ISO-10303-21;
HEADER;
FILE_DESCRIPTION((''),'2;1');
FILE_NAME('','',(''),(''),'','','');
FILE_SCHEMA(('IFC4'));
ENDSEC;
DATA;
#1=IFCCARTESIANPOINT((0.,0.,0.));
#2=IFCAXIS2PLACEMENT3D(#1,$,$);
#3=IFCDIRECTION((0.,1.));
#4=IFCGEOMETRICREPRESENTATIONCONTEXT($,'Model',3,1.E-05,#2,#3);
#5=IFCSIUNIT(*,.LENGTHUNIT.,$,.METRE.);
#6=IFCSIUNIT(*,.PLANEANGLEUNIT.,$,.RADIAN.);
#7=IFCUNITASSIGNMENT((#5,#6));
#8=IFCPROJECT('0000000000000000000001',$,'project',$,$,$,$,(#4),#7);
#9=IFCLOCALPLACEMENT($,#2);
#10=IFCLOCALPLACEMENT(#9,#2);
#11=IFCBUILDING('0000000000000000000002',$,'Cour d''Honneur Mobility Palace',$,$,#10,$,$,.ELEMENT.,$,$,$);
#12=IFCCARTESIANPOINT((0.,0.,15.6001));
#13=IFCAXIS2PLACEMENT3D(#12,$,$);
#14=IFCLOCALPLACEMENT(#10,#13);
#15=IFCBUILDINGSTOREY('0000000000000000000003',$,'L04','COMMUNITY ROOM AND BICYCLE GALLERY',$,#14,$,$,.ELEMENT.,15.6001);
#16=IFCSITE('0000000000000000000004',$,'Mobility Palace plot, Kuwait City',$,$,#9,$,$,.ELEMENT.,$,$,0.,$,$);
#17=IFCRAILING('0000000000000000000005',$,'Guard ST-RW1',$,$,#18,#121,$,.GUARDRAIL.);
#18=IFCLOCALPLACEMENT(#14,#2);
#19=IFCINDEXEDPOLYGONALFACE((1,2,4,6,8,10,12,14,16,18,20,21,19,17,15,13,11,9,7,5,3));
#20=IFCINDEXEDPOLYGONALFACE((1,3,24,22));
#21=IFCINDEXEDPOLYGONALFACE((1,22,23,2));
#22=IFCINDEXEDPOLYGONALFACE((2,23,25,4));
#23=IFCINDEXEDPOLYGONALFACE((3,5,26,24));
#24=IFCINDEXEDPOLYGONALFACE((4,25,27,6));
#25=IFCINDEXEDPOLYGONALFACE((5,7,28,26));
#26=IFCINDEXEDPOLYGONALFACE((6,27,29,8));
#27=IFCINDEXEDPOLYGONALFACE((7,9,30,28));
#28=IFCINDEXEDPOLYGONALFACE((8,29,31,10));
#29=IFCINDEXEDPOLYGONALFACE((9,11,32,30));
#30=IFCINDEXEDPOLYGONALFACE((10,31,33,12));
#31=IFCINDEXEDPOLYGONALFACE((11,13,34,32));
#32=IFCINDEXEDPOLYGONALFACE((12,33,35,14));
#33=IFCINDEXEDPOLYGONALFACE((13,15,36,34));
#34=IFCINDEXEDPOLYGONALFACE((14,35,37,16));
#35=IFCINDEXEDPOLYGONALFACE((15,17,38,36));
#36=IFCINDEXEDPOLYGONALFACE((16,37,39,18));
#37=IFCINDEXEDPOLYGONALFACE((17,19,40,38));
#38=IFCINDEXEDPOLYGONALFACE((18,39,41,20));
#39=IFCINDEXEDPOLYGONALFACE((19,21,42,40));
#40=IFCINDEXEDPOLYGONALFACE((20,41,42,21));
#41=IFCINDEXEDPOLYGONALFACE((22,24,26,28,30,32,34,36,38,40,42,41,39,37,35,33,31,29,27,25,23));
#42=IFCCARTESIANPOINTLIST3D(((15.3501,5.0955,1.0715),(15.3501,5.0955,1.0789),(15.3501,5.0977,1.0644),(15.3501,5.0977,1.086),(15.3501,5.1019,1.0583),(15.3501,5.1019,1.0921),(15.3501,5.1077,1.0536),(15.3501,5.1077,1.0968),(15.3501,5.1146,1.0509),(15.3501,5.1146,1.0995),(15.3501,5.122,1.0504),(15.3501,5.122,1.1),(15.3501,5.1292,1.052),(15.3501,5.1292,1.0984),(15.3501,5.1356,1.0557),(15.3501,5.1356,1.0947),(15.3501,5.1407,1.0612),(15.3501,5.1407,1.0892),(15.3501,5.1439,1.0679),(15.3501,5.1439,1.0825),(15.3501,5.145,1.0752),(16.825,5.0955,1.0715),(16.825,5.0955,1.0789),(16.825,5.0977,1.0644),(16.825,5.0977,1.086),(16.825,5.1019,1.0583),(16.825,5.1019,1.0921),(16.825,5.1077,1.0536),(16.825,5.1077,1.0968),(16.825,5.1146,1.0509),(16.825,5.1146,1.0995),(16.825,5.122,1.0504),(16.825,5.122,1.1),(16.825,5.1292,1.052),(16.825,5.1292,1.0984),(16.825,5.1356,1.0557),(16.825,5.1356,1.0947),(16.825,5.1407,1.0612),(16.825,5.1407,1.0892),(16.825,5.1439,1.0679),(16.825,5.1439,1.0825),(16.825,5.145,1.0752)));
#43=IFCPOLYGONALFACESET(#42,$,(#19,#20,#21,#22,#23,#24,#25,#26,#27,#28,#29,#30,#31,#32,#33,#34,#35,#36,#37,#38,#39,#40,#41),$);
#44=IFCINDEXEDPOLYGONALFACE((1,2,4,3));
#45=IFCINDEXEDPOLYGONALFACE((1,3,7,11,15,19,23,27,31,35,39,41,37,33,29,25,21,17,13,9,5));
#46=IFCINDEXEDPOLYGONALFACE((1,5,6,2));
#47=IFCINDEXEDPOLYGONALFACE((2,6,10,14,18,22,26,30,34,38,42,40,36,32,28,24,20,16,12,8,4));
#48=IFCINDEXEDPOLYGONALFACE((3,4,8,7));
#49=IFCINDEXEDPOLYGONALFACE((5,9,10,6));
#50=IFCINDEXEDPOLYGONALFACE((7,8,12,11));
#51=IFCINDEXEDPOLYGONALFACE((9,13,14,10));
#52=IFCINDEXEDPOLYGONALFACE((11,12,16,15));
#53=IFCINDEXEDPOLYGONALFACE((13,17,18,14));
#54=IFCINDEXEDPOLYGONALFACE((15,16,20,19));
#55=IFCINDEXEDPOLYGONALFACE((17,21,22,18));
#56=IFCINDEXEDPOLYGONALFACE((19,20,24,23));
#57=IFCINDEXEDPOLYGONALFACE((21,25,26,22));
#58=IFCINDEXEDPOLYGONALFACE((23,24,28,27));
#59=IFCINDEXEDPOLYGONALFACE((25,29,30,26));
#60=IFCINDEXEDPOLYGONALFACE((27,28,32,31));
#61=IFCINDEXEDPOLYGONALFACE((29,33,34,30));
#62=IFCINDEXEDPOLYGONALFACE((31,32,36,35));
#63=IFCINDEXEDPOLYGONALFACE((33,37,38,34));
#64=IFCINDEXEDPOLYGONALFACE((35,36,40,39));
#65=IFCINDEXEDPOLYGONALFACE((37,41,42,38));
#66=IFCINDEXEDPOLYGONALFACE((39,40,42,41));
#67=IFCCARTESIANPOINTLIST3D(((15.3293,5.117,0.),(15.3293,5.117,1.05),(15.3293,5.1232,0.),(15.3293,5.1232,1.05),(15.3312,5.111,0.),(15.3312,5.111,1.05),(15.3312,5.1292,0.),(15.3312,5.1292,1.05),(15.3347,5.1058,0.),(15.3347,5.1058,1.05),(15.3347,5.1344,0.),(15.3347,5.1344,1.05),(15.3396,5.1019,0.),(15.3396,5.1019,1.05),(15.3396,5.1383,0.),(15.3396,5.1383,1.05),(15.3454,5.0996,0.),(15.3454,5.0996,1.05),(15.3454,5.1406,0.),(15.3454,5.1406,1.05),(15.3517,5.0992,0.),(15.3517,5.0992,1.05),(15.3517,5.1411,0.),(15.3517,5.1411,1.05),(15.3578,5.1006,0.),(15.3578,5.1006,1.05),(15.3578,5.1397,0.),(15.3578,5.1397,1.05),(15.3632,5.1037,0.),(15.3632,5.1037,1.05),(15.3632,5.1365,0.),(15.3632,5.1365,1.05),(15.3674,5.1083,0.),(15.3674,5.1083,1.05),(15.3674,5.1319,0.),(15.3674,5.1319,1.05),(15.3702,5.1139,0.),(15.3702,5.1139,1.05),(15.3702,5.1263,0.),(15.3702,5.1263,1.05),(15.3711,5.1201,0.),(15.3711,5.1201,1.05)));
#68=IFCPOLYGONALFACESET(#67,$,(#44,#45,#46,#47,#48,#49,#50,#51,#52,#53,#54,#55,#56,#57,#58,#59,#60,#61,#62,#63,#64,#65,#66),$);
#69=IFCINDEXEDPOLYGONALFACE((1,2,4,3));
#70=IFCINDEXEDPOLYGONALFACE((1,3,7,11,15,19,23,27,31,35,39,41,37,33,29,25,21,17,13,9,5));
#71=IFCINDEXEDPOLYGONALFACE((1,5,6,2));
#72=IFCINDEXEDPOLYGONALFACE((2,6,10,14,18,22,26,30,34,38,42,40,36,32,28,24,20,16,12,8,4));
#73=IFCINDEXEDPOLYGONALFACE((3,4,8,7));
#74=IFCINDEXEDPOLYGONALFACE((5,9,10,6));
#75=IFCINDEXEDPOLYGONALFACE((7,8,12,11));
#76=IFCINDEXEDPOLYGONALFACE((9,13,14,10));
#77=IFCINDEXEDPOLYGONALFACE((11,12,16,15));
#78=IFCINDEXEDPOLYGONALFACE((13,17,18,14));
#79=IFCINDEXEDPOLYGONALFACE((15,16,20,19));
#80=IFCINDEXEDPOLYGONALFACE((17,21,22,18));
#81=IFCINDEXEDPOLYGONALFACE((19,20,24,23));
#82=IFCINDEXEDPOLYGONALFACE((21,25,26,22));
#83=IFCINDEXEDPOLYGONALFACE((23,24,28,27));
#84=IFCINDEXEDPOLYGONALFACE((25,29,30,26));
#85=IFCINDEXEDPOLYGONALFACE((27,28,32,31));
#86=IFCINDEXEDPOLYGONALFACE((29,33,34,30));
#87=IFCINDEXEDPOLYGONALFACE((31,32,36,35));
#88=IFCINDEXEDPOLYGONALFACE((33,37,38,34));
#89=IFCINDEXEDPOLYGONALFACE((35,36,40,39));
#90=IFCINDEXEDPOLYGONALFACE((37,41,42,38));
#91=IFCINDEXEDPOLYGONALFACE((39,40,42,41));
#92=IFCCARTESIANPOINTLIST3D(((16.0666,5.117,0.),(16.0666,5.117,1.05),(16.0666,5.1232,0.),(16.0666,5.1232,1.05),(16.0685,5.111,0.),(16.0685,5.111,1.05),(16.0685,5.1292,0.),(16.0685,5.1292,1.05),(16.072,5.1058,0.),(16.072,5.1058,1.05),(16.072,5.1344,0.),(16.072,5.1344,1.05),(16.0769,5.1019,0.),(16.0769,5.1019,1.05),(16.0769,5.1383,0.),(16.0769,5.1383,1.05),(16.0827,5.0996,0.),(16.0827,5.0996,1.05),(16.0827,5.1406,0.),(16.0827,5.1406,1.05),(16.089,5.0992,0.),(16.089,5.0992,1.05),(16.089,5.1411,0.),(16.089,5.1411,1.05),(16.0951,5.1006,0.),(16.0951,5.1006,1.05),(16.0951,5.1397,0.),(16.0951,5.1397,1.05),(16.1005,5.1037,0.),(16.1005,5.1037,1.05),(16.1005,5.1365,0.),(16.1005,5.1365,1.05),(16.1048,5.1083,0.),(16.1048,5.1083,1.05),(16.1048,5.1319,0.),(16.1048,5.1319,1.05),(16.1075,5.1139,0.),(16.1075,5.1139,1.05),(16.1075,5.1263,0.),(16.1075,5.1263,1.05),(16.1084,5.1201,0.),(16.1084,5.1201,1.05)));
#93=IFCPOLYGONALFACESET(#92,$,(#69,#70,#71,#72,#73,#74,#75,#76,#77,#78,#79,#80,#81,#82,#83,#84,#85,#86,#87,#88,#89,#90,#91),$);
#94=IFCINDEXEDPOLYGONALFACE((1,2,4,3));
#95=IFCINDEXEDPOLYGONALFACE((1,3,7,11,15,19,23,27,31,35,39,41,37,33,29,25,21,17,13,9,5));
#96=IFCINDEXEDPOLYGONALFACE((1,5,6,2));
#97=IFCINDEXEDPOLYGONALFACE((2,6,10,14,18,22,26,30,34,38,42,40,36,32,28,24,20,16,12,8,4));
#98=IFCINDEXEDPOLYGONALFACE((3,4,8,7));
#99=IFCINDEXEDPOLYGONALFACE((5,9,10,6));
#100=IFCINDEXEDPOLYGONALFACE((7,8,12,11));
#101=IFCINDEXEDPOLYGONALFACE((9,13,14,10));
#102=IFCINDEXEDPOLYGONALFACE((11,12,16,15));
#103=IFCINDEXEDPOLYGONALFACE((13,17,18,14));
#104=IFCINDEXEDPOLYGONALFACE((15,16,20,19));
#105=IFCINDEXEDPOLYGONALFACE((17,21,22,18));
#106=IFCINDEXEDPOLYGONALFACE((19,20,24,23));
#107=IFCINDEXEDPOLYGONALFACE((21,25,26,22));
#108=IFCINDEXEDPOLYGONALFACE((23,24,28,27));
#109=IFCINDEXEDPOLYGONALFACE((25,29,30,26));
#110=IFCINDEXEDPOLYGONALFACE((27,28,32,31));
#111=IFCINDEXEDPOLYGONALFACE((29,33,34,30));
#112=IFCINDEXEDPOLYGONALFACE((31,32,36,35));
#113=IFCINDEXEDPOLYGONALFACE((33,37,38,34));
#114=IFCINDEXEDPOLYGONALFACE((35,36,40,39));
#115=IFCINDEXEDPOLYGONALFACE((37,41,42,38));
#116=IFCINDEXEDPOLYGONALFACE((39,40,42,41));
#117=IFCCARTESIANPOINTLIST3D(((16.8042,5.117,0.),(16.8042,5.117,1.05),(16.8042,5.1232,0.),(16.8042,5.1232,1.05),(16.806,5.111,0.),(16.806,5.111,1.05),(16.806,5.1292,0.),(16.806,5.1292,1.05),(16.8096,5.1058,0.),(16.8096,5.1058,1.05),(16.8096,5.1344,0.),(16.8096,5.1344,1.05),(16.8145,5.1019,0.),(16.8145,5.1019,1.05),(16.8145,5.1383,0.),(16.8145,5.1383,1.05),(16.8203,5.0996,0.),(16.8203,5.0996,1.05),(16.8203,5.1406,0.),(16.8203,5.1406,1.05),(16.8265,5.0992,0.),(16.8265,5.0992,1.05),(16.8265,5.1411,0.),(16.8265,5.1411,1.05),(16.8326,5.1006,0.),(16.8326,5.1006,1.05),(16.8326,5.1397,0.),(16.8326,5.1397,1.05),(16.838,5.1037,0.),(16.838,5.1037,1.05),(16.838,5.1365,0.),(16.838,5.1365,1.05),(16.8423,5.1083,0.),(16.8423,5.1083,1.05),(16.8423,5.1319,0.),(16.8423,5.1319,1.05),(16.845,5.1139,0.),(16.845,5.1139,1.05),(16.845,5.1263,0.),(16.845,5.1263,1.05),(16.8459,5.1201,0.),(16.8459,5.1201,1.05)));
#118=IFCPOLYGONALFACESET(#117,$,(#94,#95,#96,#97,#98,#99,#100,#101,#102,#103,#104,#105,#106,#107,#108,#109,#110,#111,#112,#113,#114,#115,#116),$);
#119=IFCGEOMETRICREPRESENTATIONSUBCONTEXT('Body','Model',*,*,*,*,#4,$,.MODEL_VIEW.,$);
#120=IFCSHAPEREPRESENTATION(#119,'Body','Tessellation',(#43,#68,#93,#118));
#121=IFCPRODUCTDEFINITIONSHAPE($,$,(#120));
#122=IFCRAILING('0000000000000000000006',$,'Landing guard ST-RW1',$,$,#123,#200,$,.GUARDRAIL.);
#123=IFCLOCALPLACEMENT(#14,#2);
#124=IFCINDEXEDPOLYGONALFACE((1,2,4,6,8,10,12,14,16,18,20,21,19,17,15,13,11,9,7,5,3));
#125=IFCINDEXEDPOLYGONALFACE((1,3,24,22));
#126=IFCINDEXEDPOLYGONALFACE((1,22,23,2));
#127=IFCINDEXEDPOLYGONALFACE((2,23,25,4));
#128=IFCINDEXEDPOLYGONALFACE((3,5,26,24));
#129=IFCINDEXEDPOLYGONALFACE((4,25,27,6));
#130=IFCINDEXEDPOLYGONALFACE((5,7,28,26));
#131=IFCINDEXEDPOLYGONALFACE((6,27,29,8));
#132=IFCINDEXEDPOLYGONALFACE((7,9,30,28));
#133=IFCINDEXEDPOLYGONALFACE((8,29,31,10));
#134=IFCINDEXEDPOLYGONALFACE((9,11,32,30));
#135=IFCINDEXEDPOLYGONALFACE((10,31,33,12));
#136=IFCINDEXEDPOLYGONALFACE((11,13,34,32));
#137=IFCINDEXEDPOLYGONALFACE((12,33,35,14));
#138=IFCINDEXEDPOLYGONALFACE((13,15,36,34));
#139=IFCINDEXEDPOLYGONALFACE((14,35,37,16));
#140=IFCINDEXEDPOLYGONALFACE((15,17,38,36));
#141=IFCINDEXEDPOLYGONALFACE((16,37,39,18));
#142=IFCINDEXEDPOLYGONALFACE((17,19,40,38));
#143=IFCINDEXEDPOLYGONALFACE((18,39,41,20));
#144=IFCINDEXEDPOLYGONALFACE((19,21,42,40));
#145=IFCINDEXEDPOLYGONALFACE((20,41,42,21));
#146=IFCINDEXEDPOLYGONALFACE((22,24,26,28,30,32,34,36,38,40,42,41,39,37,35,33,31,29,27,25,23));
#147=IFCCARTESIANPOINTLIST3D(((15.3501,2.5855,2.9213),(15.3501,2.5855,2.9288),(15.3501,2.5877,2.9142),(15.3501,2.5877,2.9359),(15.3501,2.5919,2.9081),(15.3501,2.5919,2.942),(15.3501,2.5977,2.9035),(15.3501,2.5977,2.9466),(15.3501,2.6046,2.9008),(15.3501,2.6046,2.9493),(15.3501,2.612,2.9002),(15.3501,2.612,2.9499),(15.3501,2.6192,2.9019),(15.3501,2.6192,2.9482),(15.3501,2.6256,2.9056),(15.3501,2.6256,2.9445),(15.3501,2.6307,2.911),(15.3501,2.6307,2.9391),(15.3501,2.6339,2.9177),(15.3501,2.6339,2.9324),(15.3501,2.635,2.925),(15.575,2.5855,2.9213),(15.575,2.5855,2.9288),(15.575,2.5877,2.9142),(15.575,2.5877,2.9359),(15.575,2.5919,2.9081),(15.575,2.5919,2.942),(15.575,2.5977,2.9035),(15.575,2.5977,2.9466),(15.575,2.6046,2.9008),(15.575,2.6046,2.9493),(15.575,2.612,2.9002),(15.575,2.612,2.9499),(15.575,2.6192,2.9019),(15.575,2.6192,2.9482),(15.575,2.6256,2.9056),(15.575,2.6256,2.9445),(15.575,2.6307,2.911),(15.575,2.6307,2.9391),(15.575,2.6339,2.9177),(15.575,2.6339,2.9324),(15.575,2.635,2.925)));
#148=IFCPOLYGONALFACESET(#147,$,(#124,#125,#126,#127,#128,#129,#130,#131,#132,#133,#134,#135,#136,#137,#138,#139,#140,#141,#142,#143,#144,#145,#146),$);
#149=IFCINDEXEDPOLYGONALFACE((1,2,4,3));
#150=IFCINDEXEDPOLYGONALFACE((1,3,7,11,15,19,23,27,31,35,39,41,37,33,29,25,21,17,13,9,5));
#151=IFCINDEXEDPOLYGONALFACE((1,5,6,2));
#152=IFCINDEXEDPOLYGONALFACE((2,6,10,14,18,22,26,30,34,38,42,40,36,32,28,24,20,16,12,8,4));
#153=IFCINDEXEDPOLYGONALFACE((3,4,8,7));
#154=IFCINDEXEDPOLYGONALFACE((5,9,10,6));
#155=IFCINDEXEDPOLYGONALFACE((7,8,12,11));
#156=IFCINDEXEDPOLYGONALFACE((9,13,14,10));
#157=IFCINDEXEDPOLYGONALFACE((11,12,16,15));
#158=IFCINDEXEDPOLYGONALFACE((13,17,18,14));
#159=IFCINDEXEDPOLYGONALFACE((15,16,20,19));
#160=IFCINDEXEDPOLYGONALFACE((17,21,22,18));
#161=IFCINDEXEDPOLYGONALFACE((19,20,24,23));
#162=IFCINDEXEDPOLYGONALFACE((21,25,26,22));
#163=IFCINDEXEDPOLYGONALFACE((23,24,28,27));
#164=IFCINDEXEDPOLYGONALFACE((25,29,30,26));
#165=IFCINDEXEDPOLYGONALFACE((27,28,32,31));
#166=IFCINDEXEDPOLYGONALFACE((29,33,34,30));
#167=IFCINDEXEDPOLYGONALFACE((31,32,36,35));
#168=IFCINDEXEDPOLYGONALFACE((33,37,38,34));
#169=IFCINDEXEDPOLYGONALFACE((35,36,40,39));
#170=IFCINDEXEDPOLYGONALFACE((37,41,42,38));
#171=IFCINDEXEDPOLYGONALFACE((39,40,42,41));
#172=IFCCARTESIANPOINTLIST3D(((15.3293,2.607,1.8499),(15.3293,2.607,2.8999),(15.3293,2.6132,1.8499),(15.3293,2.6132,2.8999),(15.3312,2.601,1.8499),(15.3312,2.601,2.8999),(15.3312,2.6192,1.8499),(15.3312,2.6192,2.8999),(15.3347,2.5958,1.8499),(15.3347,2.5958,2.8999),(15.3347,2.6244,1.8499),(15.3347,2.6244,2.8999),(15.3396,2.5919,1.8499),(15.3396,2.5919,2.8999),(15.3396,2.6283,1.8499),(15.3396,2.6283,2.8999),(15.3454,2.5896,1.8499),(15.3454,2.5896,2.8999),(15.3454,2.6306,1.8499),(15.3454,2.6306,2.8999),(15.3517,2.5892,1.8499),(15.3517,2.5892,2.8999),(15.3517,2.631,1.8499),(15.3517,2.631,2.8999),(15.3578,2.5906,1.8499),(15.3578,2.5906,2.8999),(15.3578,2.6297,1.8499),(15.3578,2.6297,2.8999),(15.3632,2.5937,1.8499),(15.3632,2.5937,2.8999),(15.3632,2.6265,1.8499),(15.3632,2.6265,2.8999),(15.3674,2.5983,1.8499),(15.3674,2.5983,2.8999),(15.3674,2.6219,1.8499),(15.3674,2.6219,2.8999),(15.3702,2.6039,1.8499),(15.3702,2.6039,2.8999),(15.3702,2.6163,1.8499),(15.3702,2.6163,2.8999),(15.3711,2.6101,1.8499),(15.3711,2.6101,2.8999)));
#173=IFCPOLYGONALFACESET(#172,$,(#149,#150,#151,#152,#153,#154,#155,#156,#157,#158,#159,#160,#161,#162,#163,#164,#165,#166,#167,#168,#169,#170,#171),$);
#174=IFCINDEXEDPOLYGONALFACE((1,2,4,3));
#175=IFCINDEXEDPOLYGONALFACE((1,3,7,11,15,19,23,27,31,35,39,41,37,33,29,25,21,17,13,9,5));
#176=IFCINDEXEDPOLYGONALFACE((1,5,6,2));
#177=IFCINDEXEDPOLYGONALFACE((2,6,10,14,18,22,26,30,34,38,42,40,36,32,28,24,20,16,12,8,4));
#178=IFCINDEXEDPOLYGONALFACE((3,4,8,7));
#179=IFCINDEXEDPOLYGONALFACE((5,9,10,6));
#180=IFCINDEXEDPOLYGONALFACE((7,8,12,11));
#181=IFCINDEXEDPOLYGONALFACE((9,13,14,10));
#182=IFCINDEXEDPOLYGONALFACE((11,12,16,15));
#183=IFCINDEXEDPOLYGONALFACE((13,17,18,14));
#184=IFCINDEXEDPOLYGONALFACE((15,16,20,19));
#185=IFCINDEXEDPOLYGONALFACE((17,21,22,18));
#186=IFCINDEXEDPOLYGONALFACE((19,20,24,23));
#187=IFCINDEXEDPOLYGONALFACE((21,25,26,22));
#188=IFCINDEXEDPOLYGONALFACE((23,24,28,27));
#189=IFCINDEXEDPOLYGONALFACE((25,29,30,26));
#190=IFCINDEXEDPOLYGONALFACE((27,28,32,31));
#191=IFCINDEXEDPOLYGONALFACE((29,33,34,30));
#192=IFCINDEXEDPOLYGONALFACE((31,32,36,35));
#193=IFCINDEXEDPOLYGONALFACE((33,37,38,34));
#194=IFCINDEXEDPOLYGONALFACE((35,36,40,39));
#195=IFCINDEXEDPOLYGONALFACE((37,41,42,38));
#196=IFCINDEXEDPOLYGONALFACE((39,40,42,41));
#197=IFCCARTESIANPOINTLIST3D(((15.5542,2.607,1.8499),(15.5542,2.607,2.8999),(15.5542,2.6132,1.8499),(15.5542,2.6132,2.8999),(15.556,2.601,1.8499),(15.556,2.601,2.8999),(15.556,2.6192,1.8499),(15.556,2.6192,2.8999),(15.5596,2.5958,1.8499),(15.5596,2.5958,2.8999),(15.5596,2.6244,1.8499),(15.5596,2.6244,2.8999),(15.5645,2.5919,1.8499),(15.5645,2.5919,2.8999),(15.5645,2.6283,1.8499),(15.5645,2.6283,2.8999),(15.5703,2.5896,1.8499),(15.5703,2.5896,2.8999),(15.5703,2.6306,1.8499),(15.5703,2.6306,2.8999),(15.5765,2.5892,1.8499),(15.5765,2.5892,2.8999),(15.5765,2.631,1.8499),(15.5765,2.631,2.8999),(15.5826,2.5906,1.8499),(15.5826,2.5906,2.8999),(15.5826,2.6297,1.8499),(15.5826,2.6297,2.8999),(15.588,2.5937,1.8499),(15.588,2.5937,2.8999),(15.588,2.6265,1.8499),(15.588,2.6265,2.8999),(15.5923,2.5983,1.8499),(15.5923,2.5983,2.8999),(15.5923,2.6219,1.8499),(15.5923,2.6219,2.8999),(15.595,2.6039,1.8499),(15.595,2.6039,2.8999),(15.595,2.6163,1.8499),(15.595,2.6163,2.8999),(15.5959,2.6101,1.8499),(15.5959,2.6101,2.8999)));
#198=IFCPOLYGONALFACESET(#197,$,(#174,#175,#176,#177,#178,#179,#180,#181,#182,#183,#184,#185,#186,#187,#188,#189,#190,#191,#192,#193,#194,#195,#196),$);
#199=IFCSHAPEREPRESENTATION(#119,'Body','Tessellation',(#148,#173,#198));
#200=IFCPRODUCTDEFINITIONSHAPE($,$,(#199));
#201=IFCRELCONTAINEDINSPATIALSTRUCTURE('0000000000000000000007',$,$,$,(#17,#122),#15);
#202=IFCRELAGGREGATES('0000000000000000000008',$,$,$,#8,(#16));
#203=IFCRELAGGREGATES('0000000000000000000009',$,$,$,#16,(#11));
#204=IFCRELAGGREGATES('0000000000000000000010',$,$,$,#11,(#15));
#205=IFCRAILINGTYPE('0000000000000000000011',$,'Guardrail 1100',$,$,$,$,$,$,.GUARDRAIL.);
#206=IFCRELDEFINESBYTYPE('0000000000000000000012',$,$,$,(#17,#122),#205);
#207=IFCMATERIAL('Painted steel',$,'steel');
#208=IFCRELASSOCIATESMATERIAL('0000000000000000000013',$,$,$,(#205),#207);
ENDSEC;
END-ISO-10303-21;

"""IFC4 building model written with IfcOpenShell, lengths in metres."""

from ifc_helpers import new_model, si_unit, direction, frame, origin, origin_2d, place, context, subcontext, project, spatial, circle, extrude, material, type_object, element, save


model = new_model("IFC4")

# Units and contexts
model_context = context("Model", 3, precision=1e-05, world=origin(), true_north=direction((0.0, 1.0)))
body_context = subcontext(model_context, "Body", "Model", "MODEL_VIEW")
ifc_project = project(units=[si_unit("LENGTHUNIT", "METRE"), si_unit("PLANEANGLEUNIT", "RADIAN")], contexts=[model_context])

# Site, building, storey
site_placement = place(None, origin())
site = spatial("IfcSite", under=ifc_project, at=site_placement, Name="Mobility Palace plot, Kuwait City", CompositionType="ELEMENT", RefElevation=0.0)
building_placement = place(site_placement, origin())
building = spatial("IfcBuilding", under=site, at=building_placement, Name="Cour d'Honneur Mobility Palace", CompositionType="ELEMENT")
storey_placement = place(building_placement, frame((0.0, 0.0, 15.6001)))
storey = spatial("IfcBuildingStorey", under=building, at=storey_placement, Name="L04", Description="COMMUNITY ROOM AND BICYCLE GALLERY", CompositionType="ELEMENT", Elevation=15.6001)

# Railings
ifc_material_1 = material(Name="Painted steel", Category="steel")
railing_type_1 = type_object("IfcRailingType", Name="Guardrail 1100", PredefinedType="GUARDRAIL", material=ifc_material_1)
railing_1_placement = place(storey_placement, frame((15.3501, 5.1201, 0.0)))
element("IfcRailing", 1, at=railing_1_placement, inside=storey, type_object=railing_type_1, Name="Guard ST-RW1", PredefinedType="GUARDRAIL", context=body_context, shape_type="SweptSolid", body=[
    extrude(circle(Radius=0.0249, at=origin_2d()), frame((0.0, 0.0, 1.0752), z_axis=(1.0, 0.0, 0.0), x_axis=(0.0, 1.0, 0.0)), (0.0, 0.0, 1.0), 1.4749),
    extrude(circle(Radius=0.021, at=origin_2d()), origin(), (0.0, 0.0, 1.0), 1.05),
    extrude(circle(Radius=0.021, at=origin_2d()), frame((0.7373, 0.0, 0.0)), (0.0, 0.0, 1.0), 1.05),
    extrude(circle(Radius=0.021, at=origin_2d()), frame((1.4749, 0.0, 0.0)), (0.0, 0.0, 1.0), 1.05),
])
railing_2_placement = place(storey_placement, frame((15.3501, 2.6101, 1.8499)))
element("IfcRailing", 2, at=railing_2_placement, inside=storey, type_object=railing_type_1, Name="Landing guard ST-RW1", PredefinedType="GUARDRAIL", context=body_context, shape_type="SweptSolid", body=[
    extrude(circle(Radius=0.0249, at=origin_2d()), frame((0.0, 0.0, 1.0752), z_axis=(1.0, 0.0, 0.0), x_axis=(0.0, 1.0, 0.0)), (0.0, 0.0, 1.0), 0.2249),
    extrude(circle(Radius=0.021, at=origin_2d()), origin(), (0.0, 0.0, 1.0), 1.05),
    extrude(circle(Radius=0.021, at=origin_2d()), frame((0.2249, 0.0, 0.0)), (0.0, 0.0, 1.0), 1.05),
])

save(model, "model.ifc")
